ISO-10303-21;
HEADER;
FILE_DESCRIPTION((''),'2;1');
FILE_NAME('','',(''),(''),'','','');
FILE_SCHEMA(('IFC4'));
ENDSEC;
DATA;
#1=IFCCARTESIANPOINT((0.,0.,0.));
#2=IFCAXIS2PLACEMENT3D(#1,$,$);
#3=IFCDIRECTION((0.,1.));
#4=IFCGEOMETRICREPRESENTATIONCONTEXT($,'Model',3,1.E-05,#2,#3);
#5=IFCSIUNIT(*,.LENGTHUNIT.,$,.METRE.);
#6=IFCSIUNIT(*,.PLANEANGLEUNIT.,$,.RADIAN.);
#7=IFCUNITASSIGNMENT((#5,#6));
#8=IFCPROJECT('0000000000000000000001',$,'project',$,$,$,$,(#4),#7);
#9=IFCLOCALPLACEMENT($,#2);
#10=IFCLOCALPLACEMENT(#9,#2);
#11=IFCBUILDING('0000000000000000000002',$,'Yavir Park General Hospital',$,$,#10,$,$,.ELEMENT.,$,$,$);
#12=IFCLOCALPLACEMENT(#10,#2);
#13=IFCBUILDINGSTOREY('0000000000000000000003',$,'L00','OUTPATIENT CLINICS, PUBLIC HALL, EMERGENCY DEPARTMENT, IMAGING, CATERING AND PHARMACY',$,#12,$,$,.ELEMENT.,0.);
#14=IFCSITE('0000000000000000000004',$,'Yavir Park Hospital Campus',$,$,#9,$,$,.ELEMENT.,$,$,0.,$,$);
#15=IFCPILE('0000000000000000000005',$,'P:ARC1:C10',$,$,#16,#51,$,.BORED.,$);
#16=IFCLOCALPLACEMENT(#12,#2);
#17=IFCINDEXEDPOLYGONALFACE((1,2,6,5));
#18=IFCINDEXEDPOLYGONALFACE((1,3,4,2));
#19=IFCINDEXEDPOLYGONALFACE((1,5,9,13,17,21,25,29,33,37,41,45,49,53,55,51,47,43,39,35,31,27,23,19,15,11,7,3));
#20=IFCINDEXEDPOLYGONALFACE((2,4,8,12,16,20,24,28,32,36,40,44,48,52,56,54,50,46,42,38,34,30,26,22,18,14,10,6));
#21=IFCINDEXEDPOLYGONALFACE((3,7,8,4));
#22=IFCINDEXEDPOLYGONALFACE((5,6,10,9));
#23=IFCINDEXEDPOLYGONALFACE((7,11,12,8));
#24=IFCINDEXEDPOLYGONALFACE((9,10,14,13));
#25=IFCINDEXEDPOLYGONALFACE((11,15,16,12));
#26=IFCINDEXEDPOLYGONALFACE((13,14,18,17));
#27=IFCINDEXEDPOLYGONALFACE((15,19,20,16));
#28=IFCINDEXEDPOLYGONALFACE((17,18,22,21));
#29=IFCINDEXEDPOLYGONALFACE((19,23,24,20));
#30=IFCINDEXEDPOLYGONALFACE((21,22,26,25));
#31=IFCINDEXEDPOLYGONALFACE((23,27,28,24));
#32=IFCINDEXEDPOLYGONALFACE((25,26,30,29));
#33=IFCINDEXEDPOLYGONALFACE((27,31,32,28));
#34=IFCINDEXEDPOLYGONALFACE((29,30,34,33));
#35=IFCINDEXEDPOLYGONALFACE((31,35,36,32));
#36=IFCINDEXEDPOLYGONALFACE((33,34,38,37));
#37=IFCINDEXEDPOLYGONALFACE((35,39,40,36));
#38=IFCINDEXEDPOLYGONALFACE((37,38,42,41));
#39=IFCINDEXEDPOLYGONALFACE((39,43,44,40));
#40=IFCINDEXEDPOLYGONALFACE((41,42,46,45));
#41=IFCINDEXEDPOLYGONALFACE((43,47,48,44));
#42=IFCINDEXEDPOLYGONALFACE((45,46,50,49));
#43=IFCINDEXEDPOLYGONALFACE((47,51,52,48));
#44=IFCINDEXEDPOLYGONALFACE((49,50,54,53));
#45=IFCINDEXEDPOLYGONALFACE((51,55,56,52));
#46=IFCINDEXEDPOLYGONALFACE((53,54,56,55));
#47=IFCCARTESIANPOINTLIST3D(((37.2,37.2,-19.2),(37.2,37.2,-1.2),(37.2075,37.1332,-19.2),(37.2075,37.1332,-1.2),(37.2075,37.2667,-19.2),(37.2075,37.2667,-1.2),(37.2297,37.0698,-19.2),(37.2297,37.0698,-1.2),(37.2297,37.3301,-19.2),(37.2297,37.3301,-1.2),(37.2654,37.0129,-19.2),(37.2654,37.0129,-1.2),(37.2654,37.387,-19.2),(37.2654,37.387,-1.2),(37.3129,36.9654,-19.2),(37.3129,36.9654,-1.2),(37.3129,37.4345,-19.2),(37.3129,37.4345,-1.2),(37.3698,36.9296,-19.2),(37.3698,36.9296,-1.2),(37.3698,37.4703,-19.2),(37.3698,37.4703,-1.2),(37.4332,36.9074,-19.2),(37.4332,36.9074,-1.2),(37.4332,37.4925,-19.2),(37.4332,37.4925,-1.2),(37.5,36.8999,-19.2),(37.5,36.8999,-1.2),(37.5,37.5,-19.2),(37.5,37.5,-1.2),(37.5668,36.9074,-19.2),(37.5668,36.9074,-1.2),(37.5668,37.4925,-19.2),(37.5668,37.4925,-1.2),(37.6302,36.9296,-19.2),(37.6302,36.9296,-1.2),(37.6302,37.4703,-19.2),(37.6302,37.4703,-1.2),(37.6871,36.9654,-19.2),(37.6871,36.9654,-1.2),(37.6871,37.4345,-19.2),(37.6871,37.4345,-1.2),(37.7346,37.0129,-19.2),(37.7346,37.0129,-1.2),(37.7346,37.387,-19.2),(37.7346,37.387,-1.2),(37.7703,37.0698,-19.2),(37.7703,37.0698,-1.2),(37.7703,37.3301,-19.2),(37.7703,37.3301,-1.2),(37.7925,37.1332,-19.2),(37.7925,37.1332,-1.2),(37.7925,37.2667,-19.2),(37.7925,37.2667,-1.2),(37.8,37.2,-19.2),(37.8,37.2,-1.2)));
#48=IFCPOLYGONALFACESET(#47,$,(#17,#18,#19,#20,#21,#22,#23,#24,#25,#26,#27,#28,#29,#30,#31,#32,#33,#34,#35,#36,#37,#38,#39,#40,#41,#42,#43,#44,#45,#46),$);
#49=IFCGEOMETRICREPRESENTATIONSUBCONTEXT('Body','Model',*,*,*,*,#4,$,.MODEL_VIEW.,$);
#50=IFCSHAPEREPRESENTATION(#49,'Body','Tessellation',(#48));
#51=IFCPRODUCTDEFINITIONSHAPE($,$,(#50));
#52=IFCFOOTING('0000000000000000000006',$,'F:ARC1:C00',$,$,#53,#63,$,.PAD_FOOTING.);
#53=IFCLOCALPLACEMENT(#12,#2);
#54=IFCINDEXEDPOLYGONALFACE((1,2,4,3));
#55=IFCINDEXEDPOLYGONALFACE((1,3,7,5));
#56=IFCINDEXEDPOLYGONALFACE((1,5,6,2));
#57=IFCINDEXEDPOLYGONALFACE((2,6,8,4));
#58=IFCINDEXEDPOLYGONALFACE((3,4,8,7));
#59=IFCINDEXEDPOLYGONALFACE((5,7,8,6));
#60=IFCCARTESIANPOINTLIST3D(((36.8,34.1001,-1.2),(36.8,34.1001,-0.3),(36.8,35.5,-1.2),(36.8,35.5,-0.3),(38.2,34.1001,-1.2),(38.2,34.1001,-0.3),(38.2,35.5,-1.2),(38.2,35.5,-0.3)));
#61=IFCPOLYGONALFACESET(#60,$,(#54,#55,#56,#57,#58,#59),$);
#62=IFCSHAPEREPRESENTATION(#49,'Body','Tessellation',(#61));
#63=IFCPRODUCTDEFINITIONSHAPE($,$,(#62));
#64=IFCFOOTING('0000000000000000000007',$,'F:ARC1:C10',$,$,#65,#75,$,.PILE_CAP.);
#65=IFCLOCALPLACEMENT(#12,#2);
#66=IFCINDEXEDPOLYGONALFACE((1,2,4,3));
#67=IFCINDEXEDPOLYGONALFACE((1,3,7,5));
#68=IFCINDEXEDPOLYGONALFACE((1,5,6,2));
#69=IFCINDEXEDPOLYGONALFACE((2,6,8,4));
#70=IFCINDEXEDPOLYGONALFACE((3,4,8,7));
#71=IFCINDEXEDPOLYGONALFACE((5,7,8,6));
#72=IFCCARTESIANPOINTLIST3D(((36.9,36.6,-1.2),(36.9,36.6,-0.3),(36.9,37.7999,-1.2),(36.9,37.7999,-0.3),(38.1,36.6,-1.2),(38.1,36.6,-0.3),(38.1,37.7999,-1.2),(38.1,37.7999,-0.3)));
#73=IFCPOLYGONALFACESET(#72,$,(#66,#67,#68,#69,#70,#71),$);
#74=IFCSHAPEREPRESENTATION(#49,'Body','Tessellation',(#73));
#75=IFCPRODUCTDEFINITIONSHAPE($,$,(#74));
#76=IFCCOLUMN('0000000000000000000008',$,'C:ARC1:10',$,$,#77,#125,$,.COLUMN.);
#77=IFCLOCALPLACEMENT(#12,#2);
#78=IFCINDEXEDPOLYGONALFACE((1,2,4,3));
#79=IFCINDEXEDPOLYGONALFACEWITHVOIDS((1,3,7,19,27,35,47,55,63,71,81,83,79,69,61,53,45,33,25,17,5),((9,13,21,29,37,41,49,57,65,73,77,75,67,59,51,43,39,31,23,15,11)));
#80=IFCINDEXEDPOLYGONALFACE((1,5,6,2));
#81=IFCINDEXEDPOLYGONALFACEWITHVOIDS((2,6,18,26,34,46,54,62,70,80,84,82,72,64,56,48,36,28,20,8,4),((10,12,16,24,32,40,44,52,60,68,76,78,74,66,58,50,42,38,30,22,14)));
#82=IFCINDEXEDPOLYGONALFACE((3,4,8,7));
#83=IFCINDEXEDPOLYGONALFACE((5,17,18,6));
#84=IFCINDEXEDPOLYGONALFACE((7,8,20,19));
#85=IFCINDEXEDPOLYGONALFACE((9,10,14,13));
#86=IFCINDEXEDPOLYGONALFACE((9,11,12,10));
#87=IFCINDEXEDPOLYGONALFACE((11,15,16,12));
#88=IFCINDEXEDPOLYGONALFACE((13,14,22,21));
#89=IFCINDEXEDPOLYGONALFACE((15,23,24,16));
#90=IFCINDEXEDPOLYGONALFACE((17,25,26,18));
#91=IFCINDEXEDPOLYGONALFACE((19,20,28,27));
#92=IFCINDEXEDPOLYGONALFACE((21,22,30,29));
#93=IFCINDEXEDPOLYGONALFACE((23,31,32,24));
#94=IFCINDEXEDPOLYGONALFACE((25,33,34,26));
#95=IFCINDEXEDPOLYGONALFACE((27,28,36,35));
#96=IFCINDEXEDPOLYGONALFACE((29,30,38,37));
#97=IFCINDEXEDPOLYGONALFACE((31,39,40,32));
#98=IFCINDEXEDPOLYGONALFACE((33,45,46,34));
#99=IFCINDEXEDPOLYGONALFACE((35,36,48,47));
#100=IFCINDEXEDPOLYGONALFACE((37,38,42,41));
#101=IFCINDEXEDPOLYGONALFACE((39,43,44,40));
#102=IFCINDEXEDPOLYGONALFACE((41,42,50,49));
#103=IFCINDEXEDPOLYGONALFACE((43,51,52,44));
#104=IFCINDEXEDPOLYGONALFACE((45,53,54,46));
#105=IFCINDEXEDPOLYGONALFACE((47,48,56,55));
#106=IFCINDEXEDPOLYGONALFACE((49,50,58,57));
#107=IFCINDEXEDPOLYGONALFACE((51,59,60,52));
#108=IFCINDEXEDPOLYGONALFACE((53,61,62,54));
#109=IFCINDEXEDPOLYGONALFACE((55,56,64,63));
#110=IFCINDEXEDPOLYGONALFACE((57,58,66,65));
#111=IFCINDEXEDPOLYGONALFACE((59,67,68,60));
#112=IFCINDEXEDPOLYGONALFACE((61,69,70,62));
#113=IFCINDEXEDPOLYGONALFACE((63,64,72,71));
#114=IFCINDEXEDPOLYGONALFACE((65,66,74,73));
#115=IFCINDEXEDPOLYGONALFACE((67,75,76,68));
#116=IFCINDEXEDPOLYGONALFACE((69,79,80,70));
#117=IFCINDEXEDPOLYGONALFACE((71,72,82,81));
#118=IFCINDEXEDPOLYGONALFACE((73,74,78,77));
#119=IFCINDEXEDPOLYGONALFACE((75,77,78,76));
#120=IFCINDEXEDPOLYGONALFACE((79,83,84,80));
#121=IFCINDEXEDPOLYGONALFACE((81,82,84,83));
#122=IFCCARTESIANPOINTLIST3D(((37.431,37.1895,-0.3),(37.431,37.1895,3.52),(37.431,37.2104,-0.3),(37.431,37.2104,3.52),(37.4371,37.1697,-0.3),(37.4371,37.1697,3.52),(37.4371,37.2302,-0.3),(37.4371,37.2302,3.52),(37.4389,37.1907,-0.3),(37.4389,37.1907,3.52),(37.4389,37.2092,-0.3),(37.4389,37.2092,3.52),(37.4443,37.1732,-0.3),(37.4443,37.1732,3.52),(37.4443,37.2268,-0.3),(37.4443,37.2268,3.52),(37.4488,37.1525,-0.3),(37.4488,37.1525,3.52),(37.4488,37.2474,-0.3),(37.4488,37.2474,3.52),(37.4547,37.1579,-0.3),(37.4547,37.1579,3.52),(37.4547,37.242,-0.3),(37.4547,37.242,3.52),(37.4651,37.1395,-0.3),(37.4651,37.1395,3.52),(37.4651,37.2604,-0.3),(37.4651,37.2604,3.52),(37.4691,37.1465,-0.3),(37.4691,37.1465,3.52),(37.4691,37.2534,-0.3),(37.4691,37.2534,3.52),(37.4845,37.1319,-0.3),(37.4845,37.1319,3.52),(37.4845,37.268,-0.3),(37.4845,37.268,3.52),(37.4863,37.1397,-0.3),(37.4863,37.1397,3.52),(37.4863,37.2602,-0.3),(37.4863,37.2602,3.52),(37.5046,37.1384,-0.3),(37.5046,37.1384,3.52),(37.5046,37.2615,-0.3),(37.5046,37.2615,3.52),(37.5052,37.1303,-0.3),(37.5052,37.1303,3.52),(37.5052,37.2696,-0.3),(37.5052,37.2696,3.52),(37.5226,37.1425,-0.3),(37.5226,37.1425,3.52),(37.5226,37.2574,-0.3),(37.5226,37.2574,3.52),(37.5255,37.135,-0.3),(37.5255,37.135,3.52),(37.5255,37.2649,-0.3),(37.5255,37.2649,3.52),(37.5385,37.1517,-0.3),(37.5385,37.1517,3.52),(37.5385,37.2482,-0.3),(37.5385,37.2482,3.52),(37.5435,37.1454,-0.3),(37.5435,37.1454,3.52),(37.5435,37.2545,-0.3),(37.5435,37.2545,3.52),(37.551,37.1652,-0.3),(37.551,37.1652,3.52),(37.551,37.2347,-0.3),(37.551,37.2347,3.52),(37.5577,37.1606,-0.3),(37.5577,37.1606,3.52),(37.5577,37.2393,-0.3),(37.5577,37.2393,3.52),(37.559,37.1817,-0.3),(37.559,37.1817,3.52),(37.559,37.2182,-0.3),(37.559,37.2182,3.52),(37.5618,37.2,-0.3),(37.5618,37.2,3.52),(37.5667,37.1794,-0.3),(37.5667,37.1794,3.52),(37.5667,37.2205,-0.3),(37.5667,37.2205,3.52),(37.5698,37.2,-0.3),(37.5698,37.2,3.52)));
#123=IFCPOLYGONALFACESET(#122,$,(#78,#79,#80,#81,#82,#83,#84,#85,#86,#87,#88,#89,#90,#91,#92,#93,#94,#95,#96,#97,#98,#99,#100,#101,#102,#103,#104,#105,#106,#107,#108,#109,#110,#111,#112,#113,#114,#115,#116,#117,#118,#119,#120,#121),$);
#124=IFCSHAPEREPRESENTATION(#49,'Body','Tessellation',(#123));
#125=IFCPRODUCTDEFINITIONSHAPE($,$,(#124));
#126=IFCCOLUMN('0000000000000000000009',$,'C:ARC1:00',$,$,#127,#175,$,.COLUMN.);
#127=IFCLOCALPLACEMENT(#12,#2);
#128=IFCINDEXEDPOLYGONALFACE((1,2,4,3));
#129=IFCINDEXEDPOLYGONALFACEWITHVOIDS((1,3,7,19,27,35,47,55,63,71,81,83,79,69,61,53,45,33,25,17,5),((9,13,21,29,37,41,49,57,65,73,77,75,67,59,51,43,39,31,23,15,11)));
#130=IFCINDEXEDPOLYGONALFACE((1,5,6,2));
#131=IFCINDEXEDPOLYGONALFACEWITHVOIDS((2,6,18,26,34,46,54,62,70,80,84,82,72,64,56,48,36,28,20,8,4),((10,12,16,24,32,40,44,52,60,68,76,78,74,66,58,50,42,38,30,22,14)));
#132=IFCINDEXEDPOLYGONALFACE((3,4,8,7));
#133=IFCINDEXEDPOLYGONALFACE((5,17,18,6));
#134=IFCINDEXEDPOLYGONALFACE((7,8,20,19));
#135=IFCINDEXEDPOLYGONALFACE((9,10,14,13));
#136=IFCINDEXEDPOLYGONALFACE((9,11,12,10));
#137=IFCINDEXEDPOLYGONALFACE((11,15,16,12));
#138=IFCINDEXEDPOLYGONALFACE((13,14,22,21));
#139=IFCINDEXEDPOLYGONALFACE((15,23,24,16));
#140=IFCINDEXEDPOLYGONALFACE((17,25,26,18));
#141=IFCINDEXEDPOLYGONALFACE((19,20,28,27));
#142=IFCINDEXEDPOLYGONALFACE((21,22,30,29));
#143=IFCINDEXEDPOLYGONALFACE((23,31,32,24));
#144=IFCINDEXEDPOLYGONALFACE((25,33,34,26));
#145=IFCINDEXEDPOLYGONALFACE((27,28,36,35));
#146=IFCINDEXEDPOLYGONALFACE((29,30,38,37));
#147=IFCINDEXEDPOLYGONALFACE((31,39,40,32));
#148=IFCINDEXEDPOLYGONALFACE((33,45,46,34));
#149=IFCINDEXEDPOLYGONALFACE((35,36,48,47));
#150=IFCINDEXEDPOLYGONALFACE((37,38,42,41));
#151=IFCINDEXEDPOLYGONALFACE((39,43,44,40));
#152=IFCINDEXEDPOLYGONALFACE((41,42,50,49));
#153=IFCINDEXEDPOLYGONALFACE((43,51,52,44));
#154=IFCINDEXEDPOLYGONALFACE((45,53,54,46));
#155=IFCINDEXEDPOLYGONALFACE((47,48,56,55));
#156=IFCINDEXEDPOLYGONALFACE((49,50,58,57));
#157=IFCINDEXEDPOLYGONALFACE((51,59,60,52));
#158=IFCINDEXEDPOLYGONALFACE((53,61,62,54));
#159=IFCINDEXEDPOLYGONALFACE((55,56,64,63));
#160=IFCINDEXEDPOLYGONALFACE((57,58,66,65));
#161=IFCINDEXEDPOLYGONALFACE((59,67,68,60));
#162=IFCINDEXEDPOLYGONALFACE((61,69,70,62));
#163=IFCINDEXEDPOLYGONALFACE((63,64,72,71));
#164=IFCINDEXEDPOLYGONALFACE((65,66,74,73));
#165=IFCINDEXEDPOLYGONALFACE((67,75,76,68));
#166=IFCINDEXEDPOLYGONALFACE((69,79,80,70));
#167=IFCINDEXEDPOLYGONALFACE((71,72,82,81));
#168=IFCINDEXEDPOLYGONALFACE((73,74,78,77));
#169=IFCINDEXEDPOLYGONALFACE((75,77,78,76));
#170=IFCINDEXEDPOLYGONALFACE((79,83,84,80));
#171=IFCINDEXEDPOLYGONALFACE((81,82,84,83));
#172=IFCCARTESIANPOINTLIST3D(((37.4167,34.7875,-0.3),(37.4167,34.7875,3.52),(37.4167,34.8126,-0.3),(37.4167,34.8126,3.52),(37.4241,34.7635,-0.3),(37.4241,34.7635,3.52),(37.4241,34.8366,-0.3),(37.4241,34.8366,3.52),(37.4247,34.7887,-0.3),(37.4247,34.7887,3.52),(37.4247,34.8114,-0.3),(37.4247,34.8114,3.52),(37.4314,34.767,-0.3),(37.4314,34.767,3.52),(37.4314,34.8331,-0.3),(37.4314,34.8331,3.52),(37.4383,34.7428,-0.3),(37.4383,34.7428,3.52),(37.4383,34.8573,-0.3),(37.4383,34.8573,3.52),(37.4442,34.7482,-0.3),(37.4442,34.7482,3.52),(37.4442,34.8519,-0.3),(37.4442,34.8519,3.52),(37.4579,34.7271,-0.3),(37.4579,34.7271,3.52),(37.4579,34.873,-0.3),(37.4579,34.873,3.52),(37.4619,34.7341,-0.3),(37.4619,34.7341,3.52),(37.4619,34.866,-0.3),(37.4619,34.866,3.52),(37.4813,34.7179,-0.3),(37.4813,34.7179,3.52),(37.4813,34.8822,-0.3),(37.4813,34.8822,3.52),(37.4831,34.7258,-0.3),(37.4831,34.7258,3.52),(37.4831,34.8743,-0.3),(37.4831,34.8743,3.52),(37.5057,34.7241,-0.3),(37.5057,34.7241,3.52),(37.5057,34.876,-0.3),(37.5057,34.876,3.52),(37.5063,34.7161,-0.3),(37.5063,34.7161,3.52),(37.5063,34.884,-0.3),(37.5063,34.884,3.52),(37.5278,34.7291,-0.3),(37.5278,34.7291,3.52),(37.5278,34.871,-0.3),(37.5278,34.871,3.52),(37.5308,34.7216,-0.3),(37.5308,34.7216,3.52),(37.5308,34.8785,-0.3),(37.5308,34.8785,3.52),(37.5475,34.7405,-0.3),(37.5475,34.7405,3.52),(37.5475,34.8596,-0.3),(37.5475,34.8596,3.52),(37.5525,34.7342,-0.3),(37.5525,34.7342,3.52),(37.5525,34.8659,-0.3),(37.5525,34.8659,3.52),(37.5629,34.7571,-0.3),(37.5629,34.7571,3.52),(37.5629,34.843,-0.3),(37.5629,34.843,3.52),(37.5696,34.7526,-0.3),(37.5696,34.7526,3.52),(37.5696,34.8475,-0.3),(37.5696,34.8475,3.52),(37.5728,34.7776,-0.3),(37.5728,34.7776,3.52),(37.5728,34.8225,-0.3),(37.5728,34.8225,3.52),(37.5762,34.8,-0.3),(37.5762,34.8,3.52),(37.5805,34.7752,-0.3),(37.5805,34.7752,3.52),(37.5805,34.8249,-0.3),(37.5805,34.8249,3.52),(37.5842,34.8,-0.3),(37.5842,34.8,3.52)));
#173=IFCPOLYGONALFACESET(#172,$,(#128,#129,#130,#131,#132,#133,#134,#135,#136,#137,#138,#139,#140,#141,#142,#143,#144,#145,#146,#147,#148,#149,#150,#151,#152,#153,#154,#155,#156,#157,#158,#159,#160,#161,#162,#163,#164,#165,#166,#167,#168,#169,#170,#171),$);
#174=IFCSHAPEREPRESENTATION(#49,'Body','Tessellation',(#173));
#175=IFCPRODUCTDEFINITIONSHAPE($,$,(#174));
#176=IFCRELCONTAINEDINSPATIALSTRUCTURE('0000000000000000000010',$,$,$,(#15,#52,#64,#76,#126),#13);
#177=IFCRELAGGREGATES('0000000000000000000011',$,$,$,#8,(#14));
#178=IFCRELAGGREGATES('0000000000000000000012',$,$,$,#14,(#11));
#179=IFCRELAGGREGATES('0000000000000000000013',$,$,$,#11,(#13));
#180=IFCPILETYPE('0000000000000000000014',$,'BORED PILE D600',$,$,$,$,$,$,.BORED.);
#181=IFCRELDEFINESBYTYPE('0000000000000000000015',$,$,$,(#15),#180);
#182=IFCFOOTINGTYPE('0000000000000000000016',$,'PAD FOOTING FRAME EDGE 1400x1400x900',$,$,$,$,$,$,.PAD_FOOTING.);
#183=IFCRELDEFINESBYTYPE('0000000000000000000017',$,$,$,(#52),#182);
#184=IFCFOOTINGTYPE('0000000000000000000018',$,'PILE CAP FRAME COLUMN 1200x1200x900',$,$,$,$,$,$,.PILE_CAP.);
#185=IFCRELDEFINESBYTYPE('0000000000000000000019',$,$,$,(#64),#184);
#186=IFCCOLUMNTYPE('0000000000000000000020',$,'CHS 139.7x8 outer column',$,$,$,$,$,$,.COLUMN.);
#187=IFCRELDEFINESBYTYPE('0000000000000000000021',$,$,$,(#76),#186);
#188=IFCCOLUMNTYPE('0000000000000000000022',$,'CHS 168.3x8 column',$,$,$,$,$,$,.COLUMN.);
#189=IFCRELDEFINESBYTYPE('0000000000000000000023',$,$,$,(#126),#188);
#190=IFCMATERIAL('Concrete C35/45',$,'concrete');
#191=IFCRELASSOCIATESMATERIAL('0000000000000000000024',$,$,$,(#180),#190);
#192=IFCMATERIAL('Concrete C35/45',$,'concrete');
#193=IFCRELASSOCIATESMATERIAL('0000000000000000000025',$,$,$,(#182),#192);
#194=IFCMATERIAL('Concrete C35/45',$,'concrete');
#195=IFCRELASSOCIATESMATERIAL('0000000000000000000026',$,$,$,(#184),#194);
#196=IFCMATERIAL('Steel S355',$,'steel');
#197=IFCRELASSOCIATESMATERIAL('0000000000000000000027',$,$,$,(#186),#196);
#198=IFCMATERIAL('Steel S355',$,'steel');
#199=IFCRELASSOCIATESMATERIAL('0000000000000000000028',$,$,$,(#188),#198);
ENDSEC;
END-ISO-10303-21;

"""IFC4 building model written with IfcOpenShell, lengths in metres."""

from ifc_helpers import new_model, si_unit, direction, frame, origin, origin_2d, place, context, subcontext, project, spatial, rectangle, circle, hollow_circle, extrude, material, material_profile, profile_set, type_object, element, save


model = new_model("IFC4")

# Units and contexts
model_context = context("Model", 3, precision=1e-05, world=origin(), true_north=direction((0.0, 1.0)))
body_context = subcontext(model_context, "Body", "Model", "MODEL_VIEW")
ifc_project = project(units=[si_unit("LENGTHUNIT", "METRE"), si_unit("PLANEANGLEUNIT", "RADIAN")], contexts=[model_context])

# Site, building, storey
site_placement = place(None, origin())
site = spatial("IfcSite", under=ifc_project, at=site_placement, Name="Yavir Park Hospital Campus", CompositionType="ELEMENT", RefElevation=0.0)
building_placement = place(site_placement, origin())
building = spatial("IfcBuilding", under=site, at=building_placement, Name="Yavir Park General Hospital", CompositionType="ELEMENT")
storey_placement = place(building_placement, origin())
storey = spatial("IfcBuildingStorey", under=building, at=storey_placement, Name="L00", Description="OUTPATIENT CLINICS, PUBLIC HALL, EMERGENCY DEPARTMENT, IMAGING, CATERING AND PHARMACY", CompositionType="ELEMENT", Elevation=0.0)

# Pile
ifc_material_1 = material(Name="Concrete C35/45", Category="concrete")
ifc_material_profile_1 = material_profile(ifc_material_1, circle(Radius=0.3, at=origin_2d()), Name="D600")
ifc_profile_set_1 = profile_set([ifc_material_profile_1], Name="Concrete C35/45")
pile_type = type_object("IfcPileType", Name="BORED PILE D600", PredefinedType="BORED", material=ifc_profile_set_1)
pile_placement = place(storey_placement, frame((37.5, 37.2, -1.2), z_axis=(0.0, 0.0, -1.0), x_axis=(1.0, 0.0, 0.0)))
element("IfcPile", 1, at=pile_placement, inside=storey, type_object=pile_type, Name="P:ARC1:C10", PredefinedType="BORED", context=body_context, shape_type="SweptSolid", body=[
    extrude(circle(Radius=0.3, at=origin_2d()), origin(), (0.0, 0.0, 1.0), 18.0),
])

# Footings
ifc_material_2 = material(Name="Concrete C35/45", Category="concrete")
footing_type_1 = type_object("IfcFootingType", Name="PAD FOOTING FRAME EDGE 1400x1400x900", PredefinedType="PAD_FOOTING", material=ifc_material_2)
footing_1_placement = place(storey_placement, frame((37.5, 34.8, -1.2), z_axis=(0.0, 0.0, 1.0), x_axis=(1.0, 0.0, 0.0)))
element("IfcFooting", 2, at=footing_1_placement, inside=storey, type_object=footing_type_1, Name="F:ARC1:C00", PredefinedType="PAD_FOOTING", context=body_context, shape_type="SweptSolid", body=[
    extrude(rectangle(XDim=1.3999, YDim=1.3999, at=origin_2d()), origin(), (0.0, 0.0, 1.0), 0.8999),
])
ifc_material_3 = material(Name="Concrete C35/45", Category="concrete")
footing_type_2 = type_object("IfcFootingType", Name="PILE CAP FRAME COLUMN 1200x1200x900", PredefinedType="PILE_CAP", material=ifc_material_3)
footing_2_placement = place(storey_placement, frame((37.5, 37.2, -1.2), z_axis=(0.0, 0.0, 1.0), x_axis=(1.0, 0.0, 0.0)))
element("IfcFooting", 3, at=footing_2_placement, inside=storey, type_object=footing_type_2, Name="F:ARC1:C10", PredefinedType="PILE_CAP", context=body_context, shape_type="SweptSolid", body=[
    extrude(rectangle(XDim=1.2, YDim=1.2, at=origin_2d()), origin(), (0.0, 0.0, 1.0), 0.8999),
])

# Columns
ifc_material_4 = material(Name="Steel S355", Category="steel")
ifc_material_profile_2 = material_profile(ifc_material_4, hollow_circle(Radius=0.0698, WallThickness=0.0081, at=origin_2d()), Name="CHS139.7x8")
ifc_profile_set_2 = profile_set([ifc_material_profile_2], Name="Steel S355")
column_type_1 = type_object("IfcColumnType", Name="CHS 139.7x8 outer column", PredefinedType="COLUMN", material=ifc_profile_set_2)
column_1_placement = place(storey_placement, frame((37.5, 37.2, -0.3), z_axis=(0.0, 0.0, 1.0), x_axis=(1.0, 0.0, 0.0)))
element("IfcColumn", 4, at=column_1_placement, inside=storey, type_object=column_type_1, Name="C:ARC1:10", PredefinedType="COLUMN", context=body_context, shape_type="SweptSolid", body=[
    extrude(hollow_circle(Radius=0.0698, WallThickness=0.0081, at=origin_2d()), origin(), (0.0, 0.0, 1.0), 3.8201),
])
ifc_material_5 = material(Name="Steel S355", Category="steel")
ifc_material_profile_3 = material_profile(ifc_material_5, hollow_circle(Radius=0.0842, WallThickness=0.0081, at=origin_2d()), Name="CHS168.3x8")
ifc_profile_set_3 = profile_set([ifc_material_profile_3], Name="Steel S355")
column_type_2 = type_object("IfcColumnType", Name="CHS 168.3x8 column", PredefinedType="COLUMN", material=ifc_profile_set_3)
column_2_placement = place(storey_placement, frame((37.5, 34.8, -0.3), z_axis=(0.0, 0.0, 1.0), x_axis=(1.0, 0.0, 0.0)))
element("IfcColumn", 5, at=column_2_placement, inside=storey, type_object=column_type_2, Name="C:ARC1:00", PredefinedType="COLUMN", context=body_context, shape_type="SweptSolid", body=[
    extrude(hollow_circle(Radius=0.0842, WallThickness=0.0081, at=origin_2d()), origin(), (0.0, 0.0, 1.0), 3.8201),
])

save(model, "model.ifc")
